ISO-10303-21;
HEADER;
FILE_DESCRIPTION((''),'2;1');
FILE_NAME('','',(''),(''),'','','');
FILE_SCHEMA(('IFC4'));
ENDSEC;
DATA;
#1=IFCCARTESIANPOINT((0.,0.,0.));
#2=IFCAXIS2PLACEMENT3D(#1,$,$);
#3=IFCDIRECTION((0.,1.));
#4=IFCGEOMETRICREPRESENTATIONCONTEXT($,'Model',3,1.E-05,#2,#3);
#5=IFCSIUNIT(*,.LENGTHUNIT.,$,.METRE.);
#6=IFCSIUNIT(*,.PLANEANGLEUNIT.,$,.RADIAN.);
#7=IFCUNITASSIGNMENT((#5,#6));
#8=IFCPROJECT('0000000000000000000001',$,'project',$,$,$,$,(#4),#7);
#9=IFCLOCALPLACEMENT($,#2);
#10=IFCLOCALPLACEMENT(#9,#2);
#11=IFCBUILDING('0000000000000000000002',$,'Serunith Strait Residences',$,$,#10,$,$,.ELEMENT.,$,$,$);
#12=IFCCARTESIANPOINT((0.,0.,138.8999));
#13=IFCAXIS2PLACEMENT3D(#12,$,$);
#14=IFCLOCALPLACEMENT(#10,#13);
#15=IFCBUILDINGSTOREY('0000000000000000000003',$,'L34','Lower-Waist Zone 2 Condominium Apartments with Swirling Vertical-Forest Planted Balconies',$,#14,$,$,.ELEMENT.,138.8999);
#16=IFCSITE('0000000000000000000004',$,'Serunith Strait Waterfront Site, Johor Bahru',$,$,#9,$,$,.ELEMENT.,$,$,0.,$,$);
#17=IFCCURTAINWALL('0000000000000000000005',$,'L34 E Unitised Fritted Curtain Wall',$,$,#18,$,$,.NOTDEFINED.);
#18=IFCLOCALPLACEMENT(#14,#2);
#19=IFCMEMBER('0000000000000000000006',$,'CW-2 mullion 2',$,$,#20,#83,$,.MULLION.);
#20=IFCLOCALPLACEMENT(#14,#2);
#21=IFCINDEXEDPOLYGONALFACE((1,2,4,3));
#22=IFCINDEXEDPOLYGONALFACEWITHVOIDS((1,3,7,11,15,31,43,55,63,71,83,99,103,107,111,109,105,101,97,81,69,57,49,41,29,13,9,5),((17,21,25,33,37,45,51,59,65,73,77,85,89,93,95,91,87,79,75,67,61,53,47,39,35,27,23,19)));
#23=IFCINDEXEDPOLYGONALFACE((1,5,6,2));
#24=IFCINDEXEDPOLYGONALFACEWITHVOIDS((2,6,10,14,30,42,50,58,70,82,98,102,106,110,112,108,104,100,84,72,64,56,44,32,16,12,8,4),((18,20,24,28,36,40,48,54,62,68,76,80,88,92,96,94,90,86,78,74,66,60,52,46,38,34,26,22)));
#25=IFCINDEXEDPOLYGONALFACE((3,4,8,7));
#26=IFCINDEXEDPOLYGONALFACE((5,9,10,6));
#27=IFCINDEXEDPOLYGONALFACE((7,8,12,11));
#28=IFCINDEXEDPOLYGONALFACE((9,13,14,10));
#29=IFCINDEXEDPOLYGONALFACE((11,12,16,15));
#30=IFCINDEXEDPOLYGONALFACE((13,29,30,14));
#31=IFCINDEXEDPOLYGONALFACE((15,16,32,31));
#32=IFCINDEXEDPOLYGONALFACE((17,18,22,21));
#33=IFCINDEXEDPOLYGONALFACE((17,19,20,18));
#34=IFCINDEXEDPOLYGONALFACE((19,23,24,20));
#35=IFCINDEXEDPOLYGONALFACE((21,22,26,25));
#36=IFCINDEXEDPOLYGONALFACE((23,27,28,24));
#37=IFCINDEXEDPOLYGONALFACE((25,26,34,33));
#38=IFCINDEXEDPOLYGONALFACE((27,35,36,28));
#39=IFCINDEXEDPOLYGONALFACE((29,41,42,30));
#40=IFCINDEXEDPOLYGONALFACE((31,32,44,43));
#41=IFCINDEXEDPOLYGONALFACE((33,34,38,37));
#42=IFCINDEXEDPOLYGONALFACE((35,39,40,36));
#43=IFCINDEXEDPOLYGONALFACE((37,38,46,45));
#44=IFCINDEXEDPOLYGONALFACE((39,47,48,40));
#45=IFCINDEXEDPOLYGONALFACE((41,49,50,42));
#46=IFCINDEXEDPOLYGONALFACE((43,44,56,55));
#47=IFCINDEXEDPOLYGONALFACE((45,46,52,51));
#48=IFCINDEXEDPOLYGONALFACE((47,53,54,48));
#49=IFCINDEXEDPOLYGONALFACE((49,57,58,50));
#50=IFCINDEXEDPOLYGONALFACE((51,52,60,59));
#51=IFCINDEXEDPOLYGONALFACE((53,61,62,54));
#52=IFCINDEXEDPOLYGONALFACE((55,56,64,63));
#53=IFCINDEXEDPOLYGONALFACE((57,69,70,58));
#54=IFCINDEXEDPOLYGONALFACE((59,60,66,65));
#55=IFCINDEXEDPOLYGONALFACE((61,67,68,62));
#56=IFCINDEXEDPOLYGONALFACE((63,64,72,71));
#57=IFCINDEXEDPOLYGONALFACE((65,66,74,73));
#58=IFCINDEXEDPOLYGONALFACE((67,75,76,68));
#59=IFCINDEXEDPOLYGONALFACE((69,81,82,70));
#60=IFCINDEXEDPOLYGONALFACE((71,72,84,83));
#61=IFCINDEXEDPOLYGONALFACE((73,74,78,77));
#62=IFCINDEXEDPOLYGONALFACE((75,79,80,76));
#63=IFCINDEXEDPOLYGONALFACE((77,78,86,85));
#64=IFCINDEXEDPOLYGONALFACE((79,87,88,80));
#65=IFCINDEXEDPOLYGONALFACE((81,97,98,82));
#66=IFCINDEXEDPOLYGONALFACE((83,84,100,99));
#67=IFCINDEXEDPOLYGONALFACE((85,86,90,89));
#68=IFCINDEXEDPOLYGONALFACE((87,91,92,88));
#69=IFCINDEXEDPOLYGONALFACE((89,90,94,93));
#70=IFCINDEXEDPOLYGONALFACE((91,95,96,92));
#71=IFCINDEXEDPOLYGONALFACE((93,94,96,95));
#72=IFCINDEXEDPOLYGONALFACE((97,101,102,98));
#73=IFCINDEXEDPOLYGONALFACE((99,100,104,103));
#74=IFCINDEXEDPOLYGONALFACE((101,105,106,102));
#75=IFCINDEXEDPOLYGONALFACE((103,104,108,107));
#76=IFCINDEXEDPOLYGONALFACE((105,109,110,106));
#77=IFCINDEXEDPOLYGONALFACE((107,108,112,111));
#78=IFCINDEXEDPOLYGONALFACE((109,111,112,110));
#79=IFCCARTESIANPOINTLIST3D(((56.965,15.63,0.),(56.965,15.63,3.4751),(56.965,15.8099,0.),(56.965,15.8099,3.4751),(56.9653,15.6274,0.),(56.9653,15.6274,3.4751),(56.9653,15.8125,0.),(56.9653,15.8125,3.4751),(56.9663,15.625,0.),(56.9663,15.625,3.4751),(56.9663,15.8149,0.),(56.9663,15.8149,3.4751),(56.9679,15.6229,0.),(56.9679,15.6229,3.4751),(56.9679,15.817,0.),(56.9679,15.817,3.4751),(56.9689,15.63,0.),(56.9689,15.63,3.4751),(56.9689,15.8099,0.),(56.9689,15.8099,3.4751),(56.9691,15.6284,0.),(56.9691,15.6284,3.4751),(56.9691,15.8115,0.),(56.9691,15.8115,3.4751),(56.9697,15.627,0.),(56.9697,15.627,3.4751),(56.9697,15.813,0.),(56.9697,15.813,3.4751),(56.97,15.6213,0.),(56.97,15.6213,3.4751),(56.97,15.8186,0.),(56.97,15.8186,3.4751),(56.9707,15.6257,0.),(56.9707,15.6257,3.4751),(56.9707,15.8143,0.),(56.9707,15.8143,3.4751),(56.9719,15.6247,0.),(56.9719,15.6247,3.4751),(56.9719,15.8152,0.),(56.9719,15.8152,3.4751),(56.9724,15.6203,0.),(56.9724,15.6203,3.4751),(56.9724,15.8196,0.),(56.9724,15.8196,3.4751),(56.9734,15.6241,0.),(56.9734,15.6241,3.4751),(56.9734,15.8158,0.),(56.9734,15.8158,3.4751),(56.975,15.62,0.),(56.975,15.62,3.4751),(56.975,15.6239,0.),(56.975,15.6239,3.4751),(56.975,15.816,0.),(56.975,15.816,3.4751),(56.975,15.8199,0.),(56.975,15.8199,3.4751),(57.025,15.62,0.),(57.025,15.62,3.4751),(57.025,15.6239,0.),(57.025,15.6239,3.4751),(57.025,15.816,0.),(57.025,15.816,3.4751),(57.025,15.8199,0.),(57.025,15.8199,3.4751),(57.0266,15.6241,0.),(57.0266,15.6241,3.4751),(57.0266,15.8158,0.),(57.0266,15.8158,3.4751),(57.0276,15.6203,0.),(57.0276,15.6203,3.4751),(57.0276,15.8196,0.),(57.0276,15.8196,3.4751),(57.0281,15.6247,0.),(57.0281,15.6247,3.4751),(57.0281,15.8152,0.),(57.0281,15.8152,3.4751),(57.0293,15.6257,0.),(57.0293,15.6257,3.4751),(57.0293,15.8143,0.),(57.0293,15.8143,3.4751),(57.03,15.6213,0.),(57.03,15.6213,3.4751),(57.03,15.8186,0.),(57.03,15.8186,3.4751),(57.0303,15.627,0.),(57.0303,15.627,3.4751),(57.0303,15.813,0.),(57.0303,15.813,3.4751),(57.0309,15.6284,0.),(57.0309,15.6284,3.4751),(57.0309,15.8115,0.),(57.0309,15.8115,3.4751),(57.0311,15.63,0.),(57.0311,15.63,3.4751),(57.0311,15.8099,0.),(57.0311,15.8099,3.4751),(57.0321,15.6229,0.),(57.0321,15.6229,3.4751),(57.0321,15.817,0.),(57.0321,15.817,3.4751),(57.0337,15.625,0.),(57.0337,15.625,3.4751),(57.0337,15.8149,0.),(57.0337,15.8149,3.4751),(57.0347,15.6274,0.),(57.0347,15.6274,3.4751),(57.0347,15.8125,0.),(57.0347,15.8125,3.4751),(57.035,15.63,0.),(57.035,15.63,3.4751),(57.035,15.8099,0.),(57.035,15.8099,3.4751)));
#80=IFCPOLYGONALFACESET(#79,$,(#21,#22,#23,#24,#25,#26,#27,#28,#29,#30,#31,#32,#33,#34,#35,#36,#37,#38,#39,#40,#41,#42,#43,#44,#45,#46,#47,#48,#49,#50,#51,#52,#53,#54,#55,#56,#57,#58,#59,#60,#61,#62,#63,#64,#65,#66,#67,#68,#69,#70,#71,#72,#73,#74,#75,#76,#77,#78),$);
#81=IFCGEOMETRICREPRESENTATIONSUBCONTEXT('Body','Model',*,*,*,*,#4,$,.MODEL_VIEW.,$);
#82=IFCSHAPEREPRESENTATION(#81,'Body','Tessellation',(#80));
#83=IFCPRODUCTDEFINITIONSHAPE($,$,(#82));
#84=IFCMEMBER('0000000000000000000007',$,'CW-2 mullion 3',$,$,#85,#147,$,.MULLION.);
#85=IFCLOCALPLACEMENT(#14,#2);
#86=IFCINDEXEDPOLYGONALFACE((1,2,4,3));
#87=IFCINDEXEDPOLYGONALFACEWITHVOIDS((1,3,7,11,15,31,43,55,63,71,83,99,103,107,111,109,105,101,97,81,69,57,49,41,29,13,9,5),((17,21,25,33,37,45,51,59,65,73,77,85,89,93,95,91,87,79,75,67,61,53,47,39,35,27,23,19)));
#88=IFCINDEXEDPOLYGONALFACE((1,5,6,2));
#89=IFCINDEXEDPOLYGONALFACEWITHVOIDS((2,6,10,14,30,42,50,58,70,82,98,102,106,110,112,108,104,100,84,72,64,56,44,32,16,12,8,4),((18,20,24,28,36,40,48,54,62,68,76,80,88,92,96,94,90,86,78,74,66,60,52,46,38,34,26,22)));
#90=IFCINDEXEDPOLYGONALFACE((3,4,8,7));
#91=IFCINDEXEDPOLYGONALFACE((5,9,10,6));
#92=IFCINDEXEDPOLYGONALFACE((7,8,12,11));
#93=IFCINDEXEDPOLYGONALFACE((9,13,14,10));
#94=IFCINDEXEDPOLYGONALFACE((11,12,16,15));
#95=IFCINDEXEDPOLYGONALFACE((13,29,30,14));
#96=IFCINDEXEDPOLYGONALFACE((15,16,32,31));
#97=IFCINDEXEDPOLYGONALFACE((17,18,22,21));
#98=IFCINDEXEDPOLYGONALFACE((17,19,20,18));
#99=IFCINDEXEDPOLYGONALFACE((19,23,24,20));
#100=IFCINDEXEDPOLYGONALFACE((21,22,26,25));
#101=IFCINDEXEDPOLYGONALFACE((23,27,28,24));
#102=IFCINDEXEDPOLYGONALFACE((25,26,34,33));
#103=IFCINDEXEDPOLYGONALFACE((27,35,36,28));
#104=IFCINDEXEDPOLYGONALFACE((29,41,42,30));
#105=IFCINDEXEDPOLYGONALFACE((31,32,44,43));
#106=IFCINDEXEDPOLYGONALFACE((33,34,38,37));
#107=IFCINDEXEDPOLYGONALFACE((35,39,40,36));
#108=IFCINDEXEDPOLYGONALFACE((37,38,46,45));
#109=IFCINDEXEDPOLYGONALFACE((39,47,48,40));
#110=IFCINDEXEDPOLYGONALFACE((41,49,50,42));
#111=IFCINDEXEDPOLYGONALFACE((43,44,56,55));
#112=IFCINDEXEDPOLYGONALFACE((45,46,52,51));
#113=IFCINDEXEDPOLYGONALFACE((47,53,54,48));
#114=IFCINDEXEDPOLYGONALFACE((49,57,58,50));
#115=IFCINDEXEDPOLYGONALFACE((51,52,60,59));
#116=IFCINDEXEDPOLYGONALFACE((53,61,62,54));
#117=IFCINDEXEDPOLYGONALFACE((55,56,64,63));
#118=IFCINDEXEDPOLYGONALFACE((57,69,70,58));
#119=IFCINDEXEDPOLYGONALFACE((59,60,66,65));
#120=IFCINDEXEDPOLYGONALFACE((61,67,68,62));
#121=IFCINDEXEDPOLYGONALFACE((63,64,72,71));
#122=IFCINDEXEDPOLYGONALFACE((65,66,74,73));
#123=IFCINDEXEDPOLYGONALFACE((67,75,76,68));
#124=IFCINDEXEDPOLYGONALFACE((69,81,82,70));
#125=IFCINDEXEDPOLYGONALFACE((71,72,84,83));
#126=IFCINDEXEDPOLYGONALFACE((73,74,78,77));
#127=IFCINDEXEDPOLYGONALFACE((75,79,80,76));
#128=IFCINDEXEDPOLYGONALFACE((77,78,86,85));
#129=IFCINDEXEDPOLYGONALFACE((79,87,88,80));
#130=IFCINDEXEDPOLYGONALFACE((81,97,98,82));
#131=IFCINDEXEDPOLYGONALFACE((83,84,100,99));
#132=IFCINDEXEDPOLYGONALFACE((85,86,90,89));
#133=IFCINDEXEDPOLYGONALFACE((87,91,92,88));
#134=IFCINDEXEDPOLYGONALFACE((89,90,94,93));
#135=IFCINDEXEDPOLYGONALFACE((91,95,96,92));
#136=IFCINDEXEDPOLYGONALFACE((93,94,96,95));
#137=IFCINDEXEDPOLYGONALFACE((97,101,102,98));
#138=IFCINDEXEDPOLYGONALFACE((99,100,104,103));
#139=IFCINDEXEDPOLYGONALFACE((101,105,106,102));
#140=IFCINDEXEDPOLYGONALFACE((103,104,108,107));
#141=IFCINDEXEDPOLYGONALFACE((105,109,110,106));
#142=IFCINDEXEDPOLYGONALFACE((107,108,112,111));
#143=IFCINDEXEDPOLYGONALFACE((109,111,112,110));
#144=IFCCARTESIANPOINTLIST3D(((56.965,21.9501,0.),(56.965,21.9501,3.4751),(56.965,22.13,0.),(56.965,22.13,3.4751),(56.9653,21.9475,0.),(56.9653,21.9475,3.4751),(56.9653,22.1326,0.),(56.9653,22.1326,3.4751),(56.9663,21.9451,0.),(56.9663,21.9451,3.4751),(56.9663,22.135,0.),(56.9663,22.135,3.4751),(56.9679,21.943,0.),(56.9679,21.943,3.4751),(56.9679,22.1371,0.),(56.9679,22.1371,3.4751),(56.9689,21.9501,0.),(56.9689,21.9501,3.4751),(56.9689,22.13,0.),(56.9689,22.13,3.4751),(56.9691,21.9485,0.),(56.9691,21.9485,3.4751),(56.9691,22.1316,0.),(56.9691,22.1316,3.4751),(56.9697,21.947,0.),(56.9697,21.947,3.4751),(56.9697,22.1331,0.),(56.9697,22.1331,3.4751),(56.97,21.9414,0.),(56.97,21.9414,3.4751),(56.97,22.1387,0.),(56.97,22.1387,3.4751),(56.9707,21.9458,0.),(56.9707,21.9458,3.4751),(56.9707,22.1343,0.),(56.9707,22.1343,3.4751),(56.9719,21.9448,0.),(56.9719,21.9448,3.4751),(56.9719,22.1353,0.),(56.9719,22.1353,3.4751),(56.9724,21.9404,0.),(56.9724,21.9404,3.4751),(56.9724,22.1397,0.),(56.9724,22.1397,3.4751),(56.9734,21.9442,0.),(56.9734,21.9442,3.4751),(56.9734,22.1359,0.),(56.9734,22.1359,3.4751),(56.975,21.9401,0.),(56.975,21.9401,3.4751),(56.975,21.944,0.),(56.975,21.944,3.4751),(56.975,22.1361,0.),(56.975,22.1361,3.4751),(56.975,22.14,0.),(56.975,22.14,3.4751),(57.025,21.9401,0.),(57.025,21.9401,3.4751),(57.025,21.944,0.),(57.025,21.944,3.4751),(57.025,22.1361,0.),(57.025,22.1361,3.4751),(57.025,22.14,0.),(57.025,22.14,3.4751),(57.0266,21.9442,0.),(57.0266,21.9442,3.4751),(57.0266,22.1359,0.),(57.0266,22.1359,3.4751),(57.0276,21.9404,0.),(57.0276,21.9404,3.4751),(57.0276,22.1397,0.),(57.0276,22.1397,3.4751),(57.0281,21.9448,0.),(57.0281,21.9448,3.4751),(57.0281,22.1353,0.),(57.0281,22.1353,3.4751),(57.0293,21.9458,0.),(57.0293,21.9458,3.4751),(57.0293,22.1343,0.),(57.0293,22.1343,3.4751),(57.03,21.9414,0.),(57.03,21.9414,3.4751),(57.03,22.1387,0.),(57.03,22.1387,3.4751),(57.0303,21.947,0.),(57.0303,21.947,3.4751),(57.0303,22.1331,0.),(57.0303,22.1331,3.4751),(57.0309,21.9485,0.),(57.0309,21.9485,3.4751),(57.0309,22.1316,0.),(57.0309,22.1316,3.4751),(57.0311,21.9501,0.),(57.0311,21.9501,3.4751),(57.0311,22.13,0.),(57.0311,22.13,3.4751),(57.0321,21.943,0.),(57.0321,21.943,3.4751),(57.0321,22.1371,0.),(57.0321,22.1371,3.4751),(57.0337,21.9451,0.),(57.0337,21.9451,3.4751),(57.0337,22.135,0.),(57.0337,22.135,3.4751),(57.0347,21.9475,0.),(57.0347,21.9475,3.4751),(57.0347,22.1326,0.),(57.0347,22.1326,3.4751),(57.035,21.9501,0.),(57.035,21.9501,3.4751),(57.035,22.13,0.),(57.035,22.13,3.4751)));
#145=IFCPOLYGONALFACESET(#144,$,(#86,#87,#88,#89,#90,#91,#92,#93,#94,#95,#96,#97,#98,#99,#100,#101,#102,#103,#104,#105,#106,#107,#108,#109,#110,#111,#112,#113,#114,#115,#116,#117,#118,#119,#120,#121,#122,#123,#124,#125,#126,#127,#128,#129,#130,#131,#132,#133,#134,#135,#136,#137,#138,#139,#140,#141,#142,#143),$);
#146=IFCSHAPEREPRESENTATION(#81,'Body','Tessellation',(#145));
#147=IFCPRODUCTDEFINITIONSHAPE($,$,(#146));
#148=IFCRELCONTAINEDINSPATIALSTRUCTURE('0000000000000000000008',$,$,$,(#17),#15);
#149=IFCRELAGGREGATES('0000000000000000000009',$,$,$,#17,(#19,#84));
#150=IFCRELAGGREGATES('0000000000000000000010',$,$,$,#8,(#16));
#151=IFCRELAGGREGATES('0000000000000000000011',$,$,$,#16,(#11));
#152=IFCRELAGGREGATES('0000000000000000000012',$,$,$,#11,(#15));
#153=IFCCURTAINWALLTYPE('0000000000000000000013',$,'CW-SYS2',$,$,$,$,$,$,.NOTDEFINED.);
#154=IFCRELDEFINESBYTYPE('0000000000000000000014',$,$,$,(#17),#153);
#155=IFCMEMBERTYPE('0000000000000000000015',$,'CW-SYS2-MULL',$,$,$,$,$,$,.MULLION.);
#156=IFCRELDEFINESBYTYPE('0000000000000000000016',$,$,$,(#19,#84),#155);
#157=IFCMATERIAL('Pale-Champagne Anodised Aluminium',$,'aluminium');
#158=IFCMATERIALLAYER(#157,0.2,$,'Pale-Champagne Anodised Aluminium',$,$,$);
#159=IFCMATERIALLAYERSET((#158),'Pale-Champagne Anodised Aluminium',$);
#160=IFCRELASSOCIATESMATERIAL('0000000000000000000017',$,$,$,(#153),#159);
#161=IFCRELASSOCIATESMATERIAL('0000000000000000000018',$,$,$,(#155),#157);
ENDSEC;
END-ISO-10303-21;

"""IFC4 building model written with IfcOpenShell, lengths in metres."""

from ifc_helpers import new_model, si_unit, direction, frame, origin, origin_2d, place, context, subcontext, project, spatial, hollow_rectangle, extrude, source, transform, mapped, material, layer, layer_set, material_profile, profile_set, type_object, element, aggregate, save


model = new_model("IFC4")

# Units and contexts
model_context = context("Model", 3, precision=1e-05, world=origin(), true_north=direction((0.0, 1.0)))
body_context = subcontext(model_context, "Body", "Model", "MODEL_VIEW")
ifc_project = project(units=[si_unit("LENGTHUNIT", "METRE"), si_unit("PLANEANGLEUNIT", "RADIAN")], contexts=[model_context])

# Site, building, storey
site_placement = place(None, origin())
site = spatial("IfcSite", under=ifc_project, at=site_placement, Name="Serunith Strait Waterfront Site, Johor Bahru", CompositionType="ELEMENT", RefElevation=0.0)
building_placement = place(site_placement, origin())
building = spatial("IfcBuilding", under=site, at=building_placement, Name="Serunith Strait Residences", CompositionType="ELEMENT")
storey_placement = place(building_placement, frame((0.0, 0.0, 138.8999)))
storey = spatial("IfcBuildingStorey", under=building, at=storey_placement, Name="L34", Description="Lower-Waist Zone 2 Condominium Apartments with Swirling Vertical-Forest Planted Balconies", CompositionType="ELEMENT", Elevation=138.8999)

# Curtain wall, members
ifc_material_1 = material(Name="Pale-Champagne Anodised Aluminium", Category="aluminium")
ifc_layer_1 = layer(ifc_material_1, 0.2, Name="Pale-Champagne Anodised Aluminium")
ifc_layer_set_1 = layer_set([ifc_layer_1], Name="Pale-Champagne Anodised Aluminium")
curtain_wall_type = type_object("IfcCurtainWallType", Name="CW-SYS2", PredefinedType="NOTDEFINED", material=ifc_layer_set_1)
curtain_wall_placement = place(storey_placement, origin())
curtain_wall = element("IfcCurtainWall", 1, at=curtain_wall_placement, inside=storey, type_object=curtain_wall_type, Name="L34 E Unitised Fritted Curtain Wall", PredefinedType="NOTDEFINED")
ifc_material_profile_1 = material_profile(ifc_material_1, hollow_rectangle(XDim=0.0701, YDim=0.2, WallThickness=0.0039, InnerFilletRadius=0.0061, OuterFilletRadius=0.01, at=origin_2d()), Name="ALU 200x70x4")
ifc_profile_set_1 = profile_set([ifc_material_profile_1], Name="Pale-Champagne Anodised Aluminium")
member_type_1 = type_object("IfcMemberType", Name="CW-SYS2-MULL", PredefinedType="MULLION", material=ifc_profile_set_1)
shared_shape_1 = source(origin(), body_context, "Body", "SweptSolid", [
    extrude(hollow_rectangle(XDim=0.0701, YDim=0.2, WallThickness=0.0039, InnerFilletRadius=0.0061, OuterFilletRadius=0.01, at=origin_2d()), origin(), (0.0, 0.0, 1.0), 3.4751),
])
member_1_placement = place(storey_placement, frame((57.0, 15.72, 0.0), z_axis=(0.0, 0.0, 1.0), x_axis=(-1.0, 0.0, 0.0)))
member_1 = element("IfcMember", 2, at=member_1_placement, type_object=member_type_1, Name="CW-2 mullion 2", PredefinedType="MULLION", context=body_context, shape_type="MappedRepresentation", body=[
    mapped(shared_shape_1, transform((0.0, 0.0, 0.0), scale=1.0)),
])
member_2_placement = place(storey_placement, frame((57.0, 22.04, 0.0), z_axis=(0.0, 0.0, 1.0), x_axis=(-1.0, 0.0, 0.0)))
member_2 = element("IfcMember", 3, at=member_2_placement, type_object=member_type_1, Name="CW-2 mullion 3", PredefinedType="MULLION", context=body_context, shape_type="MappedRepresentation", body=[
    mapped(shared_shape_1, transform((0.0, 0.0, 0.0), scale=1.0)),
])
aggregate(curtain_wall, [member_1, member_2])

save(model, "model.ifc")
